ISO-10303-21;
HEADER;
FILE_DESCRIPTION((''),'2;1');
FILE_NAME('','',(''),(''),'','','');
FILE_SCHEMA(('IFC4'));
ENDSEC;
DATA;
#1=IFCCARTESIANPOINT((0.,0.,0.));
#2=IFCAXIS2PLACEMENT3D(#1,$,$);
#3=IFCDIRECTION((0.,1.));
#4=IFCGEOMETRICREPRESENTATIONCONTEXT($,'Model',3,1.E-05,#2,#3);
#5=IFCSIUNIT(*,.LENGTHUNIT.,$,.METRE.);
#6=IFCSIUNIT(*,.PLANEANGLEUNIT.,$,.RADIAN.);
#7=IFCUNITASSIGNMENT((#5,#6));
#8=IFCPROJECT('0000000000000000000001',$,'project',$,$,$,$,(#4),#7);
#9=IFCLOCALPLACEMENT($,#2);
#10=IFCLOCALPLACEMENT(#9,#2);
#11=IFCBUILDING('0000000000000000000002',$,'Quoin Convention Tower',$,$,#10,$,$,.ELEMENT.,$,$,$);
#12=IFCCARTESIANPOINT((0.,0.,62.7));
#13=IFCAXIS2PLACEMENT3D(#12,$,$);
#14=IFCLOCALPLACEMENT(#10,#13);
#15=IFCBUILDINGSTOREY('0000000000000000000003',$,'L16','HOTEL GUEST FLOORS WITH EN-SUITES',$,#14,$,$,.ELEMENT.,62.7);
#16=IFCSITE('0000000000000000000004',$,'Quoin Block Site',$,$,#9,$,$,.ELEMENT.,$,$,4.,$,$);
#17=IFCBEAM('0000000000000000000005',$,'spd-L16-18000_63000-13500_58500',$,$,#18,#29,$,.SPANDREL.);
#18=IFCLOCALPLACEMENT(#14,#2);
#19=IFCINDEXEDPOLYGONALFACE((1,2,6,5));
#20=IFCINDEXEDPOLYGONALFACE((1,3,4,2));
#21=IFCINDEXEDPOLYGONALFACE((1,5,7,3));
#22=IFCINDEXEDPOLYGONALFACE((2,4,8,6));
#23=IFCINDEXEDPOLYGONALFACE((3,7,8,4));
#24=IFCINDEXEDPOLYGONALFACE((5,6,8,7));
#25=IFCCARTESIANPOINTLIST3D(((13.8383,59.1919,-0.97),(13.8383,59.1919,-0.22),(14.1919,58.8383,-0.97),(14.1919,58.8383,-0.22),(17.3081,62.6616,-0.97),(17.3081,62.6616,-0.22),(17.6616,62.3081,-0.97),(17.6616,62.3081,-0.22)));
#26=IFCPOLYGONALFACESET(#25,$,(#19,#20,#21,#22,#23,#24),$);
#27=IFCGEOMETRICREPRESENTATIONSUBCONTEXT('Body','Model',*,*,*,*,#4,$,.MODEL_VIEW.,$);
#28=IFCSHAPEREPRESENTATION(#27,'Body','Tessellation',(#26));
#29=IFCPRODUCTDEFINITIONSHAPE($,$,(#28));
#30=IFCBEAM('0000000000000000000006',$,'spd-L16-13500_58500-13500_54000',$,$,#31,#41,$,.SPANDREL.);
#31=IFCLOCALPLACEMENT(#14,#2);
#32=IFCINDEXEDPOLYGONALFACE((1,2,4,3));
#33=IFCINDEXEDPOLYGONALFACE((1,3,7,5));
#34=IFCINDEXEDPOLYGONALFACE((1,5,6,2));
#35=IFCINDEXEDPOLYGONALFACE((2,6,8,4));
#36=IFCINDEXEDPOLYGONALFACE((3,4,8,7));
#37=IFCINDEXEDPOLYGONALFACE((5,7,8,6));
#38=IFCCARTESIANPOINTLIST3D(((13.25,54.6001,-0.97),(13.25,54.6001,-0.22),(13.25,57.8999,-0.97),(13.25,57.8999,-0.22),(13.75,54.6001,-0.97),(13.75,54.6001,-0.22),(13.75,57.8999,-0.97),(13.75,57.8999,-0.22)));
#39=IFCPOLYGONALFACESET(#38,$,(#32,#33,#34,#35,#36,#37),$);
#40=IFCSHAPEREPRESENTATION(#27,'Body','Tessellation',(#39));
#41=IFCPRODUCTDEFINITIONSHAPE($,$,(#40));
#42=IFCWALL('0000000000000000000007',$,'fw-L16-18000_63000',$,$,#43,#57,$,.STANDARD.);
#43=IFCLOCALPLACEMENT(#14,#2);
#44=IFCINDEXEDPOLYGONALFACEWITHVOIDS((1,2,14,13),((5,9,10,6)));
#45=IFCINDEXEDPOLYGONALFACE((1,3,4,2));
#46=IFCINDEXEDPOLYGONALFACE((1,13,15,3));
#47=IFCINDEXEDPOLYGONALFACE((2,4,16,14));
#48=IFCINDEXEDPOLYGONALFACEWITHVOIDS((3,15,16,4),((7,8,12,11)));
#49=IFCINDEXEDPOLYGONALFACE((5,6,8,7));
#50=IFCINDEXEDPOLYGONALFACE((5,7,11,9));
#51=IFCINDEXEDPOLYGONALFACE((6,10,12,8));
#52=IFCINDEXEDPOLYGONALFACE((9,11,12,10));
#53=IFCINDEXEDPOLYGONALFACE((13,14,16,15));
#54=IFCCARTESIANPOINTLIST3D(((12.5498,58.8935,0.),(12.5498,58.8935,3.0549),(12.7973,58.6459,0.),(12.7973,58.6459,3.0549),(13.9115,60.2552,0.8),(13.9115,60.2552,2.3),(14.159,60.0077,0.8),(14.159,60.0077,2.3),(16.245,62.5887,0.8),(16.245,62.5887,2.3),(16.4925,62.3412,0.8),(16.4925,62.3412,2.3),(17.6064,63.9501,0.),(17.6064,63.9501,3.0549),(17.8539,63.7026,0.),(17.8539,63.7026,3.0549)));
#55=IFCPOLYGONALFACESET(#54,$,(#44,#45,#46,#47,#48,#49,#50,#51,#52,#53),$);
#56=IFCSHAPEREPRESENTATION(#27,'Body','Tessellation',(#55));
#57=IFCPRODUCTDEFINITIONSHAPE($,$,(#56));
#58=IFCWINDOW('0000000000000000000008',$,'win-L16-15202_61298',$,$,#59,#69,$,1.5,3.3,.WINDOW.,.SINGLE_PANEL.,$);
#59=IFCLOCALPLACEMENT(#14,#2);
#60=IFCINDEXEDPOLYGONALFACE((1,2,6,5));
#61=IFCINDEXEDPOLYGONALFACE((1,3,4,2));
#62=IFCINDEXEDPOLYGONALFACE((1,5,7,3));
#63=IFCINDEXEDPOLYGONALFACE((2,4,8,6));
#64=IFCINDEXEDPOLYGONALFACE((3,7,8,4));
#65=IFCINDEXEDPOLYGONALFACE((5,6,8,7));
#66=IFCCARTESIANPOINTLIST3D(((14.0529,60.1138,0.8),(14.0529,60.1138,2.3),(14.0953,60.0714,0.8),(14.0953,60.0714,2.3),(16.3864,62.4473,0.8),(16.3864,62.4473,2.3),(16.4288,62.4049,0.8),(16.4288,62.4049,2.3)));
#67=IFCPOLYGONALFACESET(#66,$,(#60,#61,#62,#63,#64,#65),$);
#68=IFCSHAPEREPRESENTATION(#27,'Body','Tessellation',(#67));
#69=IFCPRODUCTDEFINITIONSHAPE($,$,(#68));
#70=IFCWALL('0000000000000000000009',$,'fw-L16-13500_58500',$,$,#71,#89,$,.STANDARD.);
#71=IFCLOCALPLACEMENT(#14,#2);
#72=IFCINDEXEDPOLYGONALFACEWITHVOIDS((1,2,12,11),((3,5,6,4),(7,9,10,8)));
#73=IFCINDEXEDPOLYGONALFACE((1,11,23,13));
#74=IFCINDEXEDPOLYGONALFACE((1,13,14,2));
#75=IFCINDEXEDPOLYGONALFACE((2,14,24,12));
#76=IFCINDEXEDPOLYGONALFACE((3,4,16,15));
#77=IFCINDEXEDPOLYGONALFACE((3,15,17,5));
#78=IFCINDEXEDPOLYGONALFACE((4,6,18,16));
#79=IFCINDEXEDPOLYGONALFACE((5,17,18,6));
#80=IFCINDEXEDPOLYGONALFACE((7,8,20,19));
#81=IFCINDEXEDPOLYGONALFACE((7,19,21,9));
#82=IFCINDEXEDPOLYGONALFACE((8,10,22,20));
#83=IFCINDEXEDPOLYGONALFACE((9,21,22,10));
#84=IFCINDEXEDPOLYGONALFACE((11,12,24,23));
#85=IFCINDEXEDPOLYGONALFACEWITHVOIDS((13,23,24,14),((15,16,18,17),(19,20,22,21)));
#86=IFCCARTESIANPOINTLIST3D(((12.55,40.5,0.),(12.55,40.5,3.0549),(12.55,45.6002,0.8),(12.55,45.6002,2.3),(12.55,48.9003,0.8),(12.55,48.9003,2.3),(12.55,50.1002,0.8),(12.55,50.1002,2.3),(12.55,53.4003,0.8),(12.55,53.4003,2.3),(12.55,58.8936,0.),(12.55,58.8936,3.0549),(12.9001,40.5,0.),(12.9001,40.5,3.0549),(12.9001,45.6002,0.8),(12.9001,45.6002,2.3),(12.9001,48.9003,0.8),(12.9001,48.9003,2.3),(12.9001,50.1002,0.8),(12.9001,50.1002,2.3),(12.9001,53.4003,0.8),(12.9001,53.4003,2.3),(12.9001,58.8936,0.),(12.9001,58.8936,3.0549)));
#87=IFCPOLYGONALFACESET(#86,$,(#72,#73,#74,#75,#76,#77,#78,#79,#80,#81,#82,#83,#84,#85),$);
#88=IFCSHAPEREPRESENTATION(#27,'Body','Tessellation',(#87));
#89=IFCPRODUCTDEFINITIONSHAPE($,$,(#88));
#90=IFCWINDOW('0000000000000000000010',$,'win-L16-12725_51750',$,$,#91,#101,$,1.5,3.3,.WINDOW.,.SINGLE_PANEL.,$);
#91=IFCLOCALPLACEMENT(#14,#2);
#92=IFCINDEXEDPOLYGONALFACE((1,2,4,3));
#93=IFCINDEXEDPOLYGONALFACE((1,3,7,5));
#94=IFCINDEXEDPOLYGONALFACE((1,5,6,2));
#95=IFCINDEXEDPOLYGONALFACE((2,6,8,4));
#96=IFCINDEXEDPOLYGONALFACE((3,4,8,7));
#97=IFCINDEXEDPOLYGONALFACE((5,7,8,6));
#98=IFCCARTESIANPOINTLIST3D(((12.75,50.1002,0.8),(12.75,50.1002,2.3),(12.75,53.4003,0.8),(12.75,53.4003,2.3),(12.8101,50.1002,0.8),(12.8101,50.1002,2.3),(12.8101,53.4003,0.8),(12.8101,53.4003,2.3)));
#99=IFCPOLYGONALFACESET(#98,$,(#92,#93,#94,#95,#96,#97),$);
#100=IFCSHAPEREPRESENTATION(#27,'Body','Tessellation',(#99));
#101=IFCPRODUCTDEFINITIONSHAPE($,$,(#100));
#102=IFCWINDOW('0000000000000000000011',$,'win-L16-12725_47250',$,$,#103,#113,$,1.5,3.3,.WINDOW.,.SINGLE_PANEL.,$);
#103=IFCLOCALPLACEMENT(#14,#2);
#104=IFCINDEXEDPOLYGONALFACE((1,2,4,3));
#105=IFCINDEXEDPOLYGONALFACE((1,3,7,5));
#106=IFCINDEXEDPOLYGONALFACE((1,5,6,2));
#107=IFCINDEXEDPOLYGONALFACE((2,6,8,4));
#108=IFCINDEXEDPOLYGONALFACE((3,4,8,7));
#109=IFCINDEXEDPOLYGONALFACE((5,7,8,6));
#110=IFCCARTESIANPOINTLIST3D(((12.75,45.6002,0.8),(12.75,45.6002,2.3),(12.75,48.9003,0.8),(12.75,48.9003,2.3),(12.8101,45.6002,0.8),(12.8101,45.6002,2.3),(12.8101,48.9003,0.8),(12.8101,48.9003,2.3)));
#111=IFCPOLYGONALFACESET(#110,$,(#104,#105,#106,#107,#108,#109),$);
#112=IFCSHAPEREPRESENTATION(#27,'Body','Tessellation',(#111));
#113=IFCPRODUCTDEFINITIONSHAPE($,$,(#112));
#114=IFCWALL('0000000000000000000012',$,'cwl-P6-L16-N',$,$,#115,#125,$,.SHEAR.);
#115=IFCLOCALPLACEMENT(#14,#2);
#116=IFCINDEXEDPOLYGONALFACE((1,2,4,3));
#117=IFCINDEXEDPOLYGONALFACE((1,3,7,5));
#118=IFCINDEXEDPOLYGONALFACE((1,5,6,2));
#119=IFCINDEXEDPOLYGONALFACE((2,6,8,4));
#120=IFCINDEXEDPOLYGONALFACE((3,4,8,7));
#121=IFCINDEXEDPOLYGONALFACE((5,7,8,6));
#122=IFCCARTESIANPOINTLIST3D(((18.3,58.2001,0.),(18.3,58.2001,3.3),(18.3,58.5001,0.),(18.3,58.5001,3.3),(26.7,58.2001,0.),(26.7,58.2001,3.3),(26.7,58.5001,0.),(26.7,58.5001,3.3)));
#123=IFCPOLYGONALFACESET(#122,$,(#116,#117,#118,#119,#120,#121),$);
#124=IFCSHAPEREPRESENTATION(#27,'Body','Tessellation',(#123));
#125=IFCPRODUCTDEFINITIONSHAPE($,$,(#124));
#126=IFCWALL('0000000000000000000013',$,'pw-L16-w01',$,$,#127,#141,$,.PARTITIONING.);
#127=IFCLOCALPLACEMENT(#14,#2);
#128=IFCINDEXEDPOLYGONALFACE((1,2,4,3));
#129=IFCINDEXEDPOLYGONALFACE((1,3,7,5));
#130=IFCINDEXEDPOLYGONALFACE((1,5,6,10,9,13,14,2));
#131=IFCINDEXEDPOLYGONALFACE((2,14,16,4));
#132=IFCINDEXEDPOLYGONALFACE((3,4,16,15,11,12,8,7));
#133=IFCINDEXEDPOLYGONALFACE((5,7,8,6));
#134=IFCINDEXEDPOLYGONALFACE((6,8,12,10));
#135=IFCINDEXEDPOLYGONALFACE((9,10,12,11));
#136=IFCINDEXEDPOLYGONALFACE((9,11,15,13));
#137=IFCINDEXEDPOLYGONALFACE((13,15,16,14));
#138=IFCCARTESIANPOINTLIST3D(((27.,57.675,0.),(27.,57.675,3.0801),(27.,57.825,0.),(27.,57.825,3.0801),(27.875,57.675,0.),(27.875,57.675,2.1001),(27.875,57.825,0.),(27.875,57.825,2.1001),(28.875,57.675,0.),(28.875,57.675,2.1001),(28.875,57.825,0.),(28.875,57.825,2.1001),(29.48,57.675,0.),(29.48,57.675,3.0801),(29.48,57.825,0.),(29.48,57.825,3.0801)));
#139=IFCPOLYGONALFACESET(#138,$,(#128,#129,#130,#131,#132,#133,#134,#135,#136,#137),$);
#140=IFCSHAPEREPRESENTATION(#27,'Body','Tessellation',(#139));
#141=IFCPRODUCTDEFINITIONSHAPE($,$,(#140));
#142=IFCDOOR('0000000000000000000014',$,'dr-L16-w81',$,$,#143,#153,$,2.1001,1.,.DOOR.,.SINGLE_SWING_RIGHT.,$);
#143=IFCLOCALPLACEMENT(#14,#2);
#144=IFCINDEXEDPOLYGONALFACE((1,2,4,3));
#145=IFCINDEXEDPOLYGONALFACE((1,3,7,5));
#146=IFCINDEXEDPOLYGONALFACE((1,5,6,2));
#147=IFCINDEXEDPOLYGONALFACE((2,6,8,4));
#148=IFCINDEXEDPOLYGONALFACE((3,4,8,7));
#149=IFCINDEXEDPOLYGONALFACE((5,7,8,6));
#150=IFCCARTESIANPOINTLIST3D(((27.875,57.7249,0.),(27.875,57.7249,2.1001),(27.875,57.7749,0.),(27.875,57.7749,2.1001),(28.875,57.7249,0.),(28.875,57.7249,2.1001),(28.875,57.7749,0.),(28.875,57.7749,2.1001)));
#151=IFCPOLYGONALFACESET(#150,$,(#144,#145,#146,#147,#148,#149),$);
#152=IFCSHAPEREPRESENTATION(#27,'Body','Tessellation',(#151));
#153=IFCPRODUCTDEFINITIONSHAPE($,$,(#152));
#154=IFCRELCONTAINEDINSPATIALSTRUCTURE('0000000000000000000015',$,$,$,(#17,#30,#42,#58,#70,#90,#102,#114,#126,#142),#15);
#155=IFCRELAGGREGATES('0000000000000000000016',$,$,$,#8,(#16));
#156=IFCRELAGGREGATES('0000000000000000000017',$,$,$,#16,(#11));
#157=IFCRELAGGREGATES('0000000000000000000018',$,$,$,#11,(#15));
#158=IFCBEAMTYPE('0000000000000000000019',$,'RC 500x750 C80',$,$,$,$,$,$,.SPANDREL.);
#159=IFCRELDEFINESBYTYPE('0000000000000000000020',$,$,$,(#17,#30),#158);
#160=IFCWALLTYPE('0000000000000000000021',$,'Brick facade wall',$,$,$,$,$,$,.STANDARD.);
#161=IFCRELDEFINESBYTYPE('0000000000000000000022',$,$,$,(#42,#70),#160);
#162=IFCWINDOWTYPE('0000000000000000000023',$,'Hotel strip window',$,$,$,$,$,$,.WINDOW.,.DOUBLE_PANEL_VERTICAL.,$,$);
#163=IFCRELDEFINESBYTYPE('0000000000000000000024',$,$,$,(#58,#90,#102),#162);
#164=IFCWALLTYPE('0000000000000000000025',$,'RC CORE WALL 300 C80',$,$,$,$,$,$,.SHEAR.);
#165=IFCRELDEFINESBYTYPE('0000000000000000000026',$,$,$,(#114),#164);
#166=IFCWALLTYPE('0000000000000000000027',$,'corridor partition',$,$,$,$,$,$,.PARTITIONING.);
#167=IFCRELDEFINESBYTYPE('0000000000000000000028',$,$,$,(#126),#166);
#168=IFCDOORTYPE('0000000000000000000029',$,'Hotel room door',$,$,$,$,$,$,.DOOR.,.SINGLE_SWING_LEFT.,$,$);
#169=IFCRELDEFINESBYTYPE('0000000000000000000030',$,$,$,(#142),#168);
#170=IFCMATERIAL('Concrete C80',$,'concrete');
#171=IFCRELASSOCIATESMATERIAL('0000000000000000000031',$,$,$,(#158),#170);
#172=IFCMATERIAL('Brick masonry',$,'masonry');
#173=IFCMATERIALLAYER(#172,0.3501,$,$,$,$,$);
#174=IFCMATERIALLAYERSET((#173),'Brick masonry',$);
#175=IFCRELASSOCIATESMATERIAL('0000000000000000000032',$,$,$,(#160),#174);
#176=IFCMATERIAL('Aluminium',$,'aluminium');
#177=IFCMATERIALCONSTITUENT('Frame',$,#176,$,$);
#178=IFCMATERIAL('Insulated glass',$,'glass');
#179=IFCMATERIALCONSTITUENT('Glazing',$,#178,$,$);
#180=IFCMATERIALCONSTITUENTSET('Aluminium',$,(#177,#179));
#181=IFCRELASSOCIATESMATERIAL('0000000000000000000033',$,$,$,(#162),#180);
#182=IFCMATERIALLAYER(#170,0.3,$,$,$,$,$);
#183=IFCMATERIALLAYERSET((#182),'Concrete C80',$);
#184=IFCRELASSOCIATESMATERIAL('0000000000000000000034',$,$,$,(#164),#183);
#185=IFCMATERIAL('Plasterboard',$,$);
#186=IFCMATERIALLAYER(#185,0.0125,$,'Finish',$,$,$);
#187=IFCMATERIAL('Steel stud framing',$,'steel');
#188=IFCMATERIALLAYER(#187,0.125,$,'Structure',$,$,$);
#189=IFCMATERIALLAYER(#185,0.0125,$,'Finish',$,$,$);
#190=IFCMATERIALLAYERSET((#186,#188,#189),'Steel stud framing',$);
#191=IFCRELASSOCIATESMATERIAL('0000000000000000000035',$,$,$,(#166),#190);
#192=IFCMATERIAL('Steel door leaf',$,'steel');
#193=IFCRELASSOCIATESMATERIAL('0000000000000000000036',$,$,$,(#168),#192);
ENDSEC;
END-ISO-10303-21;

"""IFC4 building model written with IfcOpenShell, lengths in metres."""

from ifc_helpers import new_model, si_unit, direction, frame, frame_2d, origin, origin_2d, place, context, subcontext, project, spatial, rectangle, extrude, material, layer, layer_set, constituent, constituent_set, material_profile, profile_set, type_object, element, fill, save


model = new_model("IFC4")

# Units and contexts
model_context = context("Model", 3, precision=1e-05, world=origin(), true_north=direction((0.0, 1.0)))
body_context = subcontext(model_context, "Body", "Model", "MODEL_VIEW")
ifc_project = project(units=[si_unit("LENGTHUNIT", "METRE"), si_unit("PLANEANGLEUNIT", "RADIAN")], contexts=[model_context])

# Site, building, storey
site_placement = place(None, origin())
site = spatial("IfcSite", under=ifc_project, at=site_placement, Name="Quoin Block Site", CompositionType="ELEMENT", RefElevation=4.0)
building_placement = place(site_placement, origin())
building = spatial("IfcBuilding", under=site, at=building_placement, Name="Quoin Convention Tower", CompositionType="ELEMENT")
storey_placement = place(building_placement, frame((0.0, 0.0, 62.7)))
storey = spatial("IfcBuildingStorey", under=building, at=storey_placement, Name="L16", Description="HOTEL GUEST FLOORS WITH EN-SUITES", CompositionType="ELEMENT", Elevation=62.7)

# Shared definitions
ifc_material_1 = material(Name="Concrete C80", Category="concrete")

# Beams
ifc_material_profile_1 = material_profile(ifc_material_1, rectangle(XDim=0.5, YDim=0.75, at=origin_2d()), Name="RC 500x750")
ifc_profile_set_1 = profile_set([ifc_material_profile_1], Name="Concrete C80")
beam_type_1 = type_object("IfcBeamType", Name="RC 500x750 C80", PredefinedType="SPANDREL", material=ifc_profile_set_1)
beam_1_placement = place(storey_placement, frame((17.4849, 62.4849, -0.595), z_axis=(-0.707107, -0.707107, 0.0), x_axis=(0.707107, -0.707107, 0.0)))
element("IfcBeam", 1, at=beam_1_placement, inside=storey, type_object=beam_type_1, Name="spd-L16-18000_63000-13500_58500", PredefinedType="SPANDREL", context=body_context, shape_type="SweptSolid", body=[
    extrude(rectangle(XDim=0.5, YDim=0.75, at=origin_2d()), origin(), (0.0, 0.0, 1.0), 4.907),
])
beam_2_placement = place(storey_placement, frame((13.5, 57.8999, -0.595), z_axis=(0.0, -1.0, 0.0), x_axis=(1.0, 0.0, 0.0)))
element("IfcBeam", 2, at=beam_2_placement, inside=storey, type_object=beam_type_1, Name="spd-L16-13500_58500-13500_54000", PredefinedType="SPANDREL", context=body_context, shape_type="SweptSolid", body=[
    extrude(rectangle(XDim=0.5, YDim=0.75, at=origin_2d()), origin(), (0.0, 0.0, 1.0), 3.2998),
])

# Wall, opening, window
ifc_material_2 = material(Name="Brick masonry", Category="masonry")
ifc_layer_1 = layer(ifc_material_2, 0.3501)
ifc_layer_set_1 = layer_set([ifc_layer_1], Name="Brick masonry")
wall_type_1 = type_object("IfcWallType", Name="Brick facade wall", PredefinedType="STANDARD", material=ifc_layer_set_1)
wall_1_placement = place(storey_placement, frame((17.7302, 63.8264, 0.0), z_axis=(0.0, 0.0, 1.0), x_axis=(-0.707107, -0.707107, 0.0)))
wall_1 = element("IfcWall", 3, at=wall_1_placement, inside=storey, type_object=wall_type_1, Name="fw-L16-18000_63000", PredefinedType="STANDARD", context=body_context, shape_type="SweptSolid", body=[
    extrude(rectangle(XDim=7.1511, YDim=0.3501, at=frame_2d((3.5757, 0.0))), origin(), (0.0, 0.0, 1.0), 3.0549),
])
opening_1_placement = place(wall_1_placement, frame((1.9255, 0.0, 0.8)))
opening_1 = element("IfcOpeningElement", 4, at=opening_1_placement, cuts=wall_1, PredefinedType="OPENING", context=body_context, shape_type="SweptSolid", body=[
    extrude(rectangle(XDim=3.3, YDim=1.5, at=frame_2d((1.6499, 0.75))), frame((0.0, 0.1851, 0.0), z_axis=(0.0, -1.0, 0.0), x_axis=(1.0, 0.0, 0.0)), (0.0, 0.0, 1.0), 0.3701),
])
ifc_material_3 = material(Name="Aluminium", Category="aluminium")
ifc_constituent_1 = constituent(ifc_material_3, Name="Frame")
ifc_material_4 = material(Name="Insulated glass", Category="glass")
ifc_constituent_2 = constituent(ifc_material_4, Name="Glazing")
ifc_constituent_set = constituent_set(constituents=[ifc_constituent_1, ifc_constituent_2], Name="Aluminium")
window_type = type_object("IfcWindowType", Name="Hotel strip window", PartitioningType="DOUBLE_PANEL_VERTICAL", PredefinedType="WINDOW", material=ifc_constituent_set)
window_1_placement = place(opening_1_placement, origin())
window_1 = element("IfcWindow", 5, at=window_1_placement, inside=storey, type_object=window_type, Name="win-L16-15202_61298", OverallHeight=1.5, OverallWidth=3.3, PartitioningType="SINGLE_PANEL", PredefinedType="WINDOW", context=body_context, shape_type="SweptSolid", body=[
    extrude(rectangle(XDim=3.3, YDim=1.5, at=frame_2d((1.6499, 0.75))), frame((0.0, 0.085, 0.0), z_axis=(0.0, -1.0, 0.0), x_axis=(1.0, 0.0, 0.0)), (0.0, 0.0, 1.0), 0.0601),
])
fill(opening_1, window_1)

# Wall, openings, windows
wall_2_placement = place(storey_placement, frame((12.7251, 58.8936, 0.0), z_axis=(0.0, 0.0, 1.0), x_axis=(0.0, -1.0, 0.0)))
wall_2 = element("IfcWall", 6, at=wall_2_placement, inside=storey, type_object=wall_type_1, Name="fw-L16-13500_58500", PredefinedType="STANDARD", context=body_context, shape_type="SweptSolid", body=[
    extrude(rectangle(XDim=18.3936, YDim=0.3501, at=frame_2d((9.1968, 0.0))), origin(), (0.0, 0.0, 1.0), 3.0549),
])
opening_2_placement = place(wall_2_placement, frame((5.4934, 0.0, 0.8)))
opening_2 = element("IfcOpeningElement", 7, at=opening_2_placement, cuts=wall_2, PredefinedType="OPENING", context=body_context, shape_type="SweptSolid", body=[
    extrude(rectangle(XDim=3.3, YDim=1.5, at=frame_2d((1.6499, 0.75))), frame((0.0, 0.1851, 0.0), z_axis=(0.0, -1.0, 0.0), x_axis=(1.0, 0.0, 0.0)), (0.0, 0.0, 1.0), 0.3701),
])
opening_3_placement = place(wall_2_placement, frame((9.9934, 0.0, 0.8)))
opening_3 = element("IfcOpeningElement", 8, at=opening_3_placement, cuts=wall_2, PredefinedType="OPENING", context=body_context, shape_type="SweptSolid", body=[
    extrude(rectangle(XDim=3.3, YDim=1.5, at=frame_2d((1.6499, 0.75))), frame((0.0, 0.1851, 0.0), z_axis=(0.0, -1.0, 0.0), x_axis=(1.0, 0.0, 0.0)), (0.0, 0.0, 1.0), 0.3701),
])
window_2_placement = place(opening_2_placement, origin())
window_2 = element("IfcWindow", 9, at=window_2_placement, inside=storey, type_object=window_type, Name="win-L16-12725_51750", OverallHeight=1.5, OverallWidth=3.3, PartitioningType="SINGLE_PANEL", PredefinedType="WINDOW", context=body_context, shape_type="SweptSolid", body=[
    extrude(rectangle(XDim=3.3, YDim=1.5, at=frame_2d((1.6499, 0.75))), frame((0.0, 0.085, 0.0), z_axis=(0.0, -1.0, 0.0), x_axis=(1.0, 0.0, 0.0)), (0.0, 0.0, 1.0), 0.0601),
])
fill(opening_2, window_2)
window_3_placement = place(opening_3_placement, origin())
window_3 = element("IfcWindow", 10, at=window_3_placement, inside=storey, type_object=window_type, Name="win-L16-12725_47250", OverallHeight=1.5, OverallWidth=3.3, PartitioningType="SINGLE_PANEL", PredefinedType="WINDOW", context=body_context, shape_type="SweptSolid", body=[
    extrude(rectangle(XDim=3.3, YDim=1.5, at=frame_2d((1.6499, 0.75))), frame((0.0, 0.085, 0.0), z_axis=(0.0, -1.0, 0.0), x_axis=(1.0, 0.0, 0.0)), (0.0, 0.0, 1.0), 0.0601),
])
fill(opening_3, window_3)

# Wall
ifc_layer_2 = layer(ifc_material_1, 0.3)
ifc_layer_set_2 = layer_set([ifc_layer_2], Name="Concrete C80")
wall_type_2 = type_object("IfcWallType", Name="RC CORE WALL 300 C80", PredefinedType="SHEAR", material=ifc_layer_set_2)
wall_3_placement = place(storey_placement, frame((18.3, 58.3501, 0.0), z_axis=(0.0, 0.0, 1.0), x_axis=(1.0, 0.0, 0.0)))
element("IfcWall", 11, at=wall_3_placement, inside=storey, type_object=wall_type_2, Name="cwl-P6-L16-N", PredefinedType="SHEAR", context=body_context, shape_type="SweptSolid", body=[
    extrude(rectangle(XDim=8.3999, YDim=0.3, at=frame_2d((4.2, 0.0))), origin(), (0.0, 0.0, 1.0), 3.3),
])

# Wall, opening, door
ifc_material_5 = material(Name="Plasterboard")
ifc_layer_3 = layer(ifc_material_5, 0.0125, Name="Finish")
ifc_material_6 = material(Name="Steel stud framing", Category="steel")
ifc_layer_4 = layer(ifc_material_6, 0.125, Name="Structure")
ifc_layer_5 = layer(ifc_material_5, 0.0125, Name="Finish")
ifc_layer_set_3 = layer_set([ifc_layer_3, ifc_layer_4, ifc_layer_5], Name="Steel stud framing")
wall_type_3 = type_object("IfcWallType", Name="corridor partition", PredefinedType="PARTITIONING", material=ifc_layer_set_3)
wall_4_placement = place(storey_placement, frame((27.0, 57.75, 0.0), z_axis=(0.0, 0.0, 1.0), x_axis=(1.0, 0.0, 0.0)))
wall_4 = element("IfcWall", 12, at=wall_4_placement, inside=storey, type_object=wall_type_3, Name="pw-L16-w01", PredefinedType="PARTITIONING", context=body_context, shape_type="SweptSolid", body=[
    extrude(rectangle(XDim=2.48, YDim=0.1499, at=frame_2d((1.24, 0.0))), origin(), (0.0, 0.0, 1.0), 3.0801),
])
opening_4_placement = place(wall_4_placement, frame((0.875, 0.0, 0.0)))
opening_4 = element("IfcOpeningElement", 13, at=opening_4_placement, cuts=wall_4, PredefinedType="OPENING", context=body_context, shape_type="SweptSolid", body=[
    extrude(rectangle(XDim=1.0, YDim=2.1001, at=frame_2d((0.5, 1.05))), frame((0.0, 0.085, 0.0), z_axis=(0.0, -1.0, 0.0), x_axis=(1.0, 0.0, 0.0)), (0.0, 0.0, 1.0), 0.1699),
])
ifc_material_7 = material(Name="Steel door leaf", Category="steel")
door_type = type_object("IfcDoorType", Name="Hotel room door", OperationType="SINGLE_SWING_LEFT", PredefinedType="DOOR", material=ifc_material_7)
door_placement = place(opening_4_placement, origin())
door = element("IfcDoor", 14, at=door_placement, inside=storey, type_object=door_type, Name="dr-L16-w81", OperationType="SINGLE_SWING_RIGHT", OverallHeight=2.1001, OverallWidth=1.0, PredefinedType="DOOR", context=body_context, shape_type="SweptSolid", body=[
    extrude(rectangle(XDim=1.0, YDim=2.1001, at=frame_2d((0.5, 1.05))), frame((0.0, 0.0249, 0.0), z_axis=(0.0, -1.0, 0.0), x_axis=(1.0, 0.0, 0.0)), (0.0, 0.0, 1.0), 0.05),
])
fill(opening_4, door)

save(model, "model.ifc")
